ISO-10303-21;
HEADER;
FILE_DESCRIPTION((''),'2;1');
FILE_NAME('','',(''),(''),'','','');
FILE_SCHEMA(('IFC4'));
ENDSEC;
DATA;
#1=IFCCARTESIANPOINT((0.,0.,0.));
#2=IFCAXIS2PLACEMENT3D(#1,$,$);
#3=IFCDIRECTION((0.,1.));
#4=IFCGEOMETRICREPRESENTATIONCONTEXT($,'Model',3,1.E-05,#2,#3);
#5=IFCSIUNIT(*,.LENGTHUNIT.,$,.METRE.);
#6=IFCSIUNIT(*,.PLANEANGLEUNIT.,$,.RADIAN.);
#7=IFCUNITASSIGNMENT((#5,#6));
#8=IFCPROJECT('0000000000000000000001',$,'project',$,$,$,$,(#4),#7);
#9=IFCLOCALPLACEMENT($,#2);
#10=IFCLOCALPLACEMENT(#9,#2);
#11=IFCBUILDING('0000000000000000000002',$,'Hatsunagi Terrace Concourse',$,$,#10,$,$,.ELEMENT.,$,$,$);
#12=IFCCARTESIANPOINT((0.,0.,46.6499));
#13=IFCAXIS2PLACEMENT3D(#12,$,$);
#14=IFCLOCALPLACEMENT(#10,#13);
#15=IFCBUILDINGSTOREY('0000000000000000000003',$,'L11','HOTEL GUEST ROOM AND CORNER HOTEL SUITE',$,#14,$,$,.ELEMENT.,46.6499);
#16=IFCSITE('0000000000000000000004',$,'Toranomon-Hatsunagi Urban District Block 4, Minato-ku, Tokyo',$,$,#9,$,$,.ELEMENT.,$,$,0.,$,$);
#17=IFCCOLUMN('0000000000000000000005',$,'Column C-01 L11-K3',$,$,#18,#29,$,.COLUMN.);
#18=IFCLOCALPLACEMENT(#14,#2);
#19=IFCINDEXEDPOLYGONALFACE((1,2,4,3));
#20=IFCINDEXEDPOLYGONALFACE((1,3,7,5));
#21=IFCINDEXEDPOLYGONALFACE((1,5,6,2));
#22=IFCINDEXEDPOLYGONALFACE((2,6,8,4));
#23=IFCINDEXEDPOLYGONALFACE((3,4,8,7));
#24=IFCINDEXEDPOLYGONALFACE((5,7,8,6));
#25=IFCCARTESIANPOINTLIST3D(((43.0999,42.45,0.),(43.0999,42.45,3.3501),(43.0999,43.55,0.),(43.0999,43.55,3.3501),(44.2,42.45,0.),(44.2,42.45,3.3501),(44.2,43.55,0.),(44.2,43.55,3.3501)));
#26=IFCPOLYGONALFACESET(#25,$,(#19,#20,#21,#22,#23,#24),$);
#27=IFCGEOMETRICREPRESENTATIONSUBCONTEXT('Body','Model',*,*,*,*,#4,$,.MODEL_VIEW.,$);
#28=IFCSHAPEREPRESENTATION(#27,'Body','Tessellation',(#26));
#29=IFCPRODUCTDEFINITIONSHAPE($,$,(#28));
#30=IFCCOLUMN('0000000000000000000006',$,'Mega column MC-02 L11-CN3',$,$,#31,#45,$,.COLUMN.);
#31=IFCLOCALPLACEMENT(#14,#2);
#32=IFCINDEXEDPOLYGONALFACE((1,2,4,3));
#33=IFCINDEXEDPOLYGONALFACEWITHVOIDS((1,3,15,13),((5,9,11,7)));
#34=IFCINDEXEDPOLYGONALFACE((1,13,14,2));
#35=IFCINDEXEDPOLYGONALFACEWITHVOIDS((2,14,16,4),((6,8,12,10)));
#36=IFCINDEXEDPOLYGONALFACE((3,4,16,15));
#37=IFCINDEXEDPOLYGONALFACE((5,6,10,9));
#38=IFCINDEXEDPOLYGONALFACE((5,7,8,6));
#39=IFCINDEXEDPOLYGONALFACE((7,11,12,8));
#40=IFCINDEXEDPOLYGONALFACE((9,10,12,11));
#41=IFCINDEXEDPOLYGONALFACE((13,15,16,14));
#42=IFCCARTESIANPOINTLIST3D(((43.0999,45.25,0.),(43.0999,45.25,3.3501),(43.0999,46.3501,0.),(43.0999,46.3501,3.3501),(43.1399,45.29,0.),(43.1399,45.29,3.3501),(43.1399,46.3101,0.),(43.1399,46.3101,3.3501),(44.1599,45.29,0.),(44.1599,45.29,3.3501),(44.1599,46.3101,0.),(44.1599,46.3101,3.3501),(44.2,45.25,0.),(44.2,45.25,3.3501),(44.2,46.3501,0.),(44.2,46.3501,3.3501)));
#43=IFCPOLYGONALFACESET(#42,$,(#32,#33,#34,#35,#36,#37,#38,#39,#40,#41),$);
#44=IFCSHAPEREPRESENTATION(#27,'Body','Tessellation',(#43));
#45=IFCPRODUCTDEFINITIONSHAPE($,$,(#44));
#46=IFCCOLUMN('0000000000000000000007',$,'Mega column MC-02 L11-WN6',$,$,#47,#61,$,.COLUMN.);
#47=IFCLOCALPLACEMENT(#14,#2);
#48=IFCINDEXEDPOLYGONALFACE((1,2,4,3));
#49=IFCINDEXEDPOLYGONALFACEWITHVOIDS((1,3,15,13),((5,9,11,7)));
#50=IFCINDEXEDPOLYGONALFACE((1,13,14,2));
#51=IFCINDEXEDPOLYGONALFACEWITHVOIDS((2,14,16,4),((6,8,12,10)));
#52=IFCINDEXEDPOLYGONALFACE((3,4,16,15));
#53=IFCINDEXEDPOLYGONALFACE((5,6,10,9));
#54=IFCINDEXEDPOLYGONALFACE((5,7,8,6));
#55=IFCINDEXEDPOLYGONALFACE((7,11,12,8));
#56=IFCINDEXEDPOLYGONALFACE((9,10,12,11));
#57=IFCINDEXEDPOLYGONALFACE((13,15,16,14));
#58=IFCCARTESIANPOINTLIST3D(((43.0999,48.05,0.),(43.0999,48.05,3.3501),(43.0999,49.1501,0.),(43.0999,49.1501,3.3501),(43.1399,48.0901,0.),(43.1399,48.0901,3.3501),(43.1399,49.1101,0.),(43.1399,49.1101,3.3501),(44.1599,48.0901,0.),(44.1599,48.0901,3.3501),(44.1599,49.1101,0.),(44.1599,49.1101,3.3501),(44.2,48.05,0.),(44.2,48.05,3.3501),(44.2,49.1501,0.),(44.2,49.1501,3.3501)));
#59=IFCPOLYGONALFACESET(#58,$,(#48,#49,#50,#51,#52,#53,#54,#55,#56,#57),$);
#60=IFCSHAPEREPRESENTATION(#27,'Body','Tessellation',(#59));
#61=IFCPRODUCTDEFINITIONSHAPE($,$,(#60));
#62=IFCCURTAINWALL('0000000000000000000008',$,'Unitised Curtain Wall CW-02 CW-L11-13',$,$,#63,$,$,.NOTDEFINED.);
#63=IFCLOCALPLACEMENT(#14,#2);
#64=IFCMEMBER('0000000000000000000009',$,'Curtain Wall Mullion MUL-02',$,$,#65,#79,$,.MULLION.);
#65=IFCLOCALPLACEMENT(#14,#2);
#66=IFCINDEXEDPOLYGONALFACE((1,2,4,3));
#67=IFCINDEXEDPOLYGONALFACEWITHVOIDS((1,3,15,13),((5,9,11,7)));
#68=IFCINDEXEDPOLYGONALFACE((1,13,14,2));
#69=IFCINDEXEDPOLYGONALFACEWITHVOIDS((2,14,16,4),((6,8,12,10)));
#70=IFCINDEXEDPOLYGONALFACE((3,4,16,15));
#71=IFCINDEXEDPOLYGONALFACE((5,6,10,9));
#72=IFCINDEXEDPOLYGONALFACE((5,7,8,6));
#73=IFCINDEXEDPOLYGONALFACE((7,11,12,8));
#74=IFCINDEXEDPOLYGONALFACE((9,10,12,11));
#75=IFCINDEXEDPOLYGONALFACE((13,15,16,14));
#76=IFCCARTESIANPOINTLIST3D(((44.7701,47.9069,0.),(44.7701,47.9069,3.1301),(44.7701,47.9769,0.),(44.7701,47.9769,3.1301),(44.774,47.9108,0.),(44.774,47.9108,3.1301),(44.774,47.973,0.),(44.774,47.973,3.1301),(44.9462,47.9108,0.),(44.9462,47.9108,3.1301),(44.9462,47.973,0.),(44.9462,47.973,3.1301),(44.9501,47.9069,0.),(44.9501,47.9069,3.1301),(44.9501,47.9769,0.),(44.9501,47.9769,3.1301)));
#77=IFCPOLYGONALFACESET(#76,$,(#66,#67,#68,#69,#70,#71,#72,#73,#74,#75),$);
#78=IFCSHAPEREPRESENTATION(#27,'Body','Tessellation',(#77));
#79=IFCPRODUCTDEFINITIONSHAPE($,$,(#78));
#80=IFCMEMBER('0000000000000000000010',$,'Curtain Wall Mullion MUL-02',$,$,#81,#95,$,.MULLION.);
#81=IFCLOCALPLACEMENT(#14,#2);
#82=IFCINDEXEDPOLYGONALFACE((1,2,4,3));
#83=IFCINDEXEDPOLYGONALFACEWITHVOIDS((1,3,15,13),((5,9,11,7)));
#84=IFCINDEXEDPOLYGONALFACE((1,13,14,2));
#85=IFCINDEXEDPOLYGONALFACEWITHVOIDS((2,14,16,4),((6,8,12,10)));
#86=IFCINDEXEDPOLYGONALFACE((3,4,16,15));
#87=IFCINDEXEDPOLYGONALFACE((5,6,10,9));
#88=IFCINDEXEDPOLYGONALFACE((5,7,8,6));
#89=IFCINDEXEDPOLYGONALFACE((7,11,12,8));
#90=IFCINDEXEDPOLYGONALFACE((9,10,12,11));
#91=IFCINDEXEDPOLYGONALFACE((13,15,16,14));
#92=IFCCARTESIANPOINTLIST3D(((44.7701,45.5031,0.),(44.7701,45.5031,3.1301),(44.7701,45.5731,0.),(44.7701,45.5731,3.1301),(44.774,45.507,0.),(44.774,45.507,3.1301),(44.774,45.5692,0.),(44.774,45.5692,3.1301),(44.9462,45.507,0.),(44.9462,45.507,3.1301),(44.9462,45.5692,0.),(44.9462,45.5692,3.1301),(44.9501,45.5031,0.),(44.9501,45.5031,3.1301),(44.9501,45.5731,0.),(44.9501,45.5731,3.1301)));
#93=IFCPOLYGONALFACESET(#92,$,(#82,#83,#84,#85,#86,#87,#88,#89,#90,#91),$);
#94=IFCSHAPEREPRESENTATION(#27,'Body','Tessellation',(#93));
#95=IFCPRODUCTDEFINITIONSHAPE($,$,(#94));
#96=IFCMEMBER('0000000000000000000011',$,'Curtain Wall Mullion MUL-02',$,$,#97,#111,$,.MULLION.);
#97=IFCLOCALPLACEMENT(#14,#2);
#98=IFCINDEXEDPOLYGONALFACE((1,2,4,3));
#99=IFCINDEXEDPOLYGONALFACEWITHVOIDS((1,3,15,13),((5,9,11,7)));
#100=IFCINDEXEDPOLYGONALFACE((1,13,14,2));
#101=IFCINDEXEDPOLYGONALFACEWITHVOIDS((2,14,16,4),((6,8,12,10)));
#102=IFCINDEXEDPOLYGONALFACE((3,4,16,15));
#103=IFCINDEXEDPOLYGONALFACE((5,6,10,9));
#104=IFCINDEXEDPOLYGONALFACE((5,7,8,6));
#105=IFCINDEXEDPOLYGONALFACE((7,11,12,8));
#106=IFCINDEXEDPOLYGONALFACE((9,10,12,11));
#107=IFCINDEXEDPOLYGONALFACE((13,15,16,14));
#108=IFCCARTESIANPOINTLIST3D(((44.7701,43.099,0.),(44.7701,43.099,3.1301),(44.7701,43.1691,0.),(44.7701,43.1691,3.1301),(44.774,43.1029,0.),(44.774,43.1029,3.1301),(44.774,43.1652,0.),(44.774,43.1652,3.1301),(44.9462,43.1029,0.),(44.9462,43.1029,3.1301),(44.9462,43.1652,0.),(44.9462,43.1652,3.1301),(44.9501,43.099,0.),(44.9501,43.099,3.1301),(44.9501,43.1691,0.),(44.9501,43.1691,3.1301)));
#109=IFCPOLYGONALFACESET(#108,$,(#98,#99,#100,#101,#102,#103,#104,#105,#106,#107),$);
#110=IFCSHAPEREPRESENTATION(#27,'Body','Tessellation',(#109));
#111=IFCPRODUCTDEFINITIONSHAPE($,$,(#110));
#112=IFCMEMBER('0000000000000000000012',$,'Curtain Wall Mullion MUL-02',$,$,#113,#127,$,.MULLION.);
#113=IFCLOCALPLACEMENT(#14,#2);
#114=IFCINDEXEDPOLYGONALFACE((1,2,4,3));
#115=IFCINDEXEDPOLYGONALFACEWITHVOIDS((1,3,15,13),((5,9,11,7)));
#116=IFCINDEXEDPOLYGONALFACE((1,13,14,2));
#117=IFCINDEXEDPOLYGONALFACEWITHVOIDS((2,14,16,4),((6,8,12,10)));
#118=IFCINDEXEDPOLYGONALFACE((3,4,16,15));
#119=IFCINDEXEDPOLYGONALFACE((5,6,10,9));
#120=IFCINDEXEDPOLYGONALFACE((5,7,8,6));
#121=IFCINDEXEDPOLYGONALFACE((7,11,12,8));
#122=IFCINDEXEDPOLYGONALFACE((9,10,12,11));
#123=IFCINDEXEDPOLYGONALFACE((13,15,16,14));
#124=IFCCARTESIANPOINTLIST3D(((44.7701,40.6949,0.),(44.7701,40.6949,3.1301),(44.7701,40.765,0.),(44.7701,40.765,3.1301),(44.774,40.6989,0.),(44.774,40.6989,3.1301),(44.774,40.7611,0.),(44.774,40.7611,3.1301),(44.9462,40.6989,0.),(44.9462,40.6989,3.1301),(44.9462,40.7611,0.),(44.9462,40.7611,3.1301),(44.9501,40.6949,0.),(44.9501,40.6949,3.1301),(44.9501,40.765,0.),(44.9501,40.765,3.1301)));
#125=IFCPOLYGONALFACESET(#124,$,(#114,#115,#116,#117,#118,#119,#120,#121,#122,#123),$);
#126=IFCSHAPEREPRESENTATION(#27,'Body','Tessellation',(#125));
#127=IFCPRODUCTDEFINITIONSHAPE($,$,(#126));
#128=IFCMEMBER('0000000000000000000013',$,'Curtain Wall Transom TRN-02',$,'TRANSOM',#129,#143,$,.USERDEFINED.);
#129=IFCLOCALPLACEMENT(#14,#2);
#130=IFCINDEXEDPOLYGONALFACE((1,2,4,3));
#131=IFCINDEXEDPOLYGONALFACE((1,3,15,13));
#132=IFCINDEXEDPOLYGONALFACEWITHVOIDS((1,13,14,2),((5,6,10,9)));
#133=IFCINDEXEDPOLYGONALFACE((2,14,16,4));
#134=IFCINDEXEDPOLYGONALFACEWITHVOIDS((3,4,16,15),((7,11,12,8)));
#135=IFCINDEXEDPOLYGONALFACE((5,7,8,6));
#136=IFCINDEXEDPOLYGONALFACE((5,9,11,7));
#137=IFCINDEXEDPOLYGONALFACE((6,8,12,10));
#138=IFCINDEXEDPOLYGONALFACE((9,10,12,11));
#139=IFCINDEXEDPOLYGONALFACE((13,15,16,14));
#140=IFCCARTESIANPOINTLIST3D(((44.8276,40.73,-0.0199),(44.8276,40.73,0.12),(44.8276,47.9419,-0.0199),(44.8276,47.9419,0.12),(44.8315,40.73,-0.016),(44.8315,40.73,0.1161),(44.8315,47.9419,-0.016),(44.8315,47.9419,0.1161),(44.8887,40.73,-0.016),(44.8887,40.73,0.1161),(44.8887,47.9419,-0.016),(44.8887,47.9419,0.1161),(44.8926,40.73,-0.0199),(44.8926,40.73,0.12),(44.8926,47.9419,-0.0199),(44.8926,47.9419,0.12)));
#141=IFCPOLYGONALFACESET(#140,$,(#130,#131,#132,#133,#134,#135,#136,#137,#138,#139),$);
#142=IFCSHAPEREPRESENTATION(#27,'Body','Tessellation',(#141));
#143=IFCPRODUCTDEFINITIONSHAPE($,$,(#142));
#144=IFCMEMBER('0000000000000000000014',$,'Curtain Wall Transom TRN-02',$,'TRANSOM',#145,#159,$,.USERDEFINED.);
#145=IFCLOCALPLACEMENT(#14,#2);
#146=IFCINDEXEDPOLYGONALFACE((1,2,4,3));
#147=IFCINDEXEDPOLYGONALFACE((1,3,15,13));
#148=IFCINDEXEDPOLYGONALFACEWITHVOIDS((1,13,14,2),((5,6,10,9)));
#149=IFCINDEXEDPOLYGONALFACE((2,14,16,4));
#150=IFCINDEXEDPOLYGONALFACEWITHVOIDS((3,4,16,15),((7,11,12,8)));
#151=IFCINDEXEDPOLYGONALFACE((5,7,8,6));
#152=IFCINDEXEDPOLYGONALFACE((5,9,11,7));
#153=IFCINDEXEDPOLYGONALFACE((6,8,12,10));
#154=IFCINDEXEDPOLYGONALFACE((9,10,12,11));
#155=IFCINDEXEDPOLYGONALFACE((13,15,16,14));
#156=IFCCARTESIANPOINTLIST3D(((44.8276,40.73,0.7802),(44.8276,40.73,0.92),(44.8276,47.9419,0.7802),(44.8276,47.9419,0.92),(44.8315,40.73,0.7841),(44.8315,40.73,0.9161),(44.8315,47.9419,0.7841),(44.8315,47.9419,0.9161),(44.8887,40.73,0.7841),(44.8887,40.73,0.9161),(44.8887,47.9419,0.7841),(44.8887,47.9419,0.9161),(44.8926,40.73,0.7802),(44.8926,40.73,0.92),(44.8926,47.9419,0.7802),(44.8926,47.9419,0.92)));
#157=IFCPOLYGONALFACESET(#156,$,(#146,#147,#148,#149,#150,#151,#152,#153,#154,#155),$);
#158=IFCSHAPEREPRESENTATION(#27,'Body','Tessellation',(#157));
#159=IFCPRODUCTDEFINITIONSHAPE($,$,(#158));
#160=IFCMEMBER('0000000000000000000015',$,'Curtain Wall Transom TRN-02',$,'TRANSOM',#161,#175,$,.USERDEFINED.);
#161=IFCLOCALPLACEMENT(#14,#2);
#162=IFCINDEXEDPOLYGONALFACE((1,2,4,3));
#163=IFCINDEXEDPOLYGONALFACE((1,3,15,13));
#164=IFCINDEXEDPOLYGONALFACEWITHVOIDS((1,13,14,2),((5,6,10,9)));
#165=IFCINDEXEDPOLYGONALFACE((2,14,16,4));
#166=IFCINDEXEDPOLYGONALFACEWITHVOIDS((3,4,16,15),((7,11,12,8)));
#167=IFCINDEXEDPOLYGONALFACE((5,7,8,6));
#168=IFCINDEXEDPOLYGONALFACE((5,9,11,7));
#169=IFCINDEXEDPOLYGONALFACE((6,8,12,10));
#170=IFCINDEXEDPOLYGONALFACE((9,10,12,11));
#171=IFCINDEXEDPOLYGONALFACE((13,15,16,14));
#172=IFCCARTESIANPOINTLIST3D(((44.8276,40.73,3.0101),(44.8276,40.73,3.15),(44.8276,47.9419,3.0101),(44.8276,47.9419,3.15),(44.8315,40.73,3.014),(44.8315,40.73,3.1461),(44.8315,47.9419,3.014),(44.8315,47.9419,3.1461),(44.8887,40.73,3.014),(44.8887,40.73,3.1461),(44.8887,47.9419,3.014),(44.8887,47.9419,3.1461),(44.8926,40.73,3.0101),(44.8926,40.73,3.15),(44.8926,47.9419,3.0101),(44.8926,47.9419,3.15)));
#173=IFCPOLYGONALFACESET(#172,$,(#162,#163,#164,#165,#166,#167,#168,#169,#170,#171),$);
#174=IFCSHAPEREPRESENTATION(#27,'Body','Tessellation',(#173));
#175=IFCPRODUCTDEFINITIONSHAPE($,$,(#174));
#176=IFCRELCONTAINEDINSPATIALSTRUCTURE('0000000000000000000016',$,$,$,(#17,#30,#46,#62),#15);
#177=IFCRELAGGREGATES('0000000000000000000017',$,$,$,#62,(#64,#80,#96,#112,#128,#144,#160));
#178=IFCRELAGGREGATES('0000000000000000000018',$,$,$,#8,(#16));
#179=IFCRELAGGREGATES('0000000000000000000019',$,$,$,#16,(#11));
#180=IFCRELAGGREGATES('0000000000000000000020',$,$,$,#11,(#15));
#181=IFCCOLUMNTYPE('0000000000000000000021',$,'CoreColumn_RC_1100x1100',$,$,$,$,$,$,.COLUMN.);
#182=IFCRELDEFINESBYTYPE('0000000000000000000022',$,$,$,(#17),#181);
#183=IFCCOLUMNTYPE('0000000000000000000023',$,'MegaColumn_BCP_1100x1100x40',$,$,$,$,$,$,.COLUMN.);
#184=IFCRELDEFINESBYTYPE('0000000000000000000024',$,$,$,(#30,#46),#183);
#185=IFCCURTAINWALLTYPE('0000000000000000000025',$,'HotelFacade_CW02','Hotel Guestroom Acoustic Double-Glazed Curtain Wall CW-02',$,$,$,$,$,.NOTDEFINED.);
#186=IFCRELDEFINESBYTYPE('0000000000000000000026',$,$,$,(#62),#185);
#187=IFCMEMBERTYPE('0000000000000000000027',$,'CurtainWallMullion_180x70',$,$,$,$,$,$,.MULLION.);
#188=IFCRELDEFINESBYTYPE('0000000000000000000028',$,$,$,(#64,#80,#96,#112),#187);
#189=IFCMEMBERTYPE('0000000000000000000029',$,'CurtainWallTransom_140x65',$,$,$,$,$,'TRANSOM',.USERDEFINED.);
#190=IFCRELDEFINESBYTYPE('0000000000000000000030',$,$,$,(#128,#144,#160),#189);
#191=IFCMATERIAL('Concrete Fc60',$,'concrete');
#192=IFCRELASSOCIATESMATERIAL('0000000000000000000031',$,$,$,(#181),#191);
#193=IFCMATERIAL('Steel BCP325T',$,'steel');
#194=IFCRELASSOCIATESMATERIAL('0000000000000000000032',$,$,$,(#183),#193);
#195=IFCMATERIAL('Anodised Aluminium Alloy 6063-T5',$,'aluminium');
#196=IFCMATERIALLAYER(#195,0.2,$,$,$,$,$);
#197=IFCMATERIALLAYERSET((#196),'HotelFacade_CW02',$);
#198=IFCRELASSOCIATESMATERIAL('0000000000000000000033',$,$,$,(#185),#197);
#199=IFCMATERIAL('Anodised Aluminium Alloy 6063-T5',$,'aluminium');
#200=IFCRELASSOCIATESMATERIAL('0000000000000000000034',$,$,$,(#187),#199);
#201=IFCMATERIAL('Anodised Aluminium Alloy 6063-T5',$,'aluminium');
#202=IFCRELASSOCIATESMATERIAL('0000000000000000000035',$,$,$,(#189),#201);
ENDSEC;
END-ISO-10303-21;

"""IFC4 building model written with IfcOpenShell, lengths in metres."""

from ifc_helpers import new_model, si_unit, direction, frame, origin, origin_2d, place, context, subcontext, project, spatial, rectangle, hollow_rectangle, extrude, material, layer, layer_set, material_profile, profile_set, type_object, element, aggregate, save


model = new_model("IFC4")

# Units and contexts
model_context = context("Model", 3, precision=1e-05, world=origin(), true_north=direction((0.0, 1.0)))
body_context = subcontext(model_context, "Body", "Model", "MODEL_VIEW")
ifc_project = project(units=[si_unit("LENGTHUNIT", "METRE"), si_unit("PLANEANGLEUNIT", "RADIAN")], contexts=[model_context])

# Site, building, storey
site_placement = place(None, origin())
site = spatial("IfcSite", under=ifc_project, at=site_placement, Name="Toranomon-Hatsunagi Urban District Block 4, Minato-ku, Tokyo", CompositionType="ELEMENT", RefElevation=0.0)
building_placement = place(site_placement, origin())
building = spatial("IfcBuilding", under=site, at=building_placement, Name="Hatsunagi Terrace Concourse", CompositionType="ELEMENT")
storey_placement = place(building_placement, frame((0.0, 0.0, 46.6499)))
storey = spatial("IfcBuildingStorey", under=building, at=storey_placement, Name="L11", Description="HOTEL GUEST ROOM AND CORNER HOTEL SUITE", CompositionType="ELEMENT", Elevation=46.6499)

# Columns
ifc_material_1 = material(Name="Concrete Fc60", Category="concrete")
ifc_material_profile_1 = material_profile(ifc_material_1, rectangle(XDim=1.1001, YDim=1.1001, at=origin_2d()), Name="RC-1100x1100")
ifc_profile_set_1 = profile_set([ifc_material_profile_1], Name="Concrete Fc60")
column_type_1 = type_object("IfcColumnType", Name="CoreColumn_RC_1100x1100", PredefinedType="COLUMN", material=ifc_profile_set_1)
column_placement = place(storey_placement, frame((43.6499, 43.0, 0.0), z_axis=(0.0, 0.0, 1.0), x_axis=(1.0, 0.0, 0.0)))
element("IfcColumn", 1, at=column_placement, inside=storey, type_object=column_type_1, Name="Column C-01 L11-K3", PredefinedType="COLUMN", context=body_context, shape_type="SweptSolid", body=[
    extrude(rectangle(XDim=1.1001, YDim=1.1001, at=origin_2d()), origin(), (0.0, 0.0, 1.0), 3.3501),
])
ifc_material_2 = material(Name="Steel BCP325T", Category="steel")
ifc_material_profile_2 = material_profile(ifc_material_2, hollow_rectangle(XDim=1.1001, YDim=1.1001, WallThickness=0.04, at=origin_2d()), Name="BCP-1100x1100x40")
ifc_profile_set_2 = profile_set([ifc_material_profile_2], Name="Steel BCP325T")
column_type_2 = type_object("IfcColumnType", Name="MegaColumn_BCP_1100x1100x40", PredefinedType="COLUMN", material=ifc_profile_set_2)
for number, where, z_axis, x_axis, name in (
    (2, (43.6499, 45.8, 0.0), (0.0, 0.0, 1.0), (1.0, 0.0, 0.0), "Mega column MC-02 L11-CN3"),
    (3, (43.6499, 48.6001, 0.0), (0.0, 0.0, 1.0), (1.0, 0.0, 0.0), "Mega column MC-02 L11-WN6"),
):
    element("IfcColumn", number, at=place(storey_placement, frame(where, z_axis=z_axis, x_axis=x_axis)), inside=storey, type_object=column_type_2, Name=name, PredefinedType="COLUMN", context=body_context, shape_type="SweptSolid", body=[
        extrude(hollow_rectangle(XDim=1.1001, YDim=1.1001, WallThickness=0.04, at=origin_2d()), origin(), (0.0, 0.0, 1.0), 3.3501),
    ])

# Curtain wall, members
ifc_material_3 = material(Name="Anodised Aluminium Alloy 6063-T5", Category="aluminium")
ifc_layer_1 = layer(ifc_material_3, 0.2)
ifc_layer_set_1 = layer_set([ifc_layer_1], Name="HotelFacade_CW02")
curtain_wall_type = type_object("IfcCurtainWallType", Name="HotelFacade_CW02", Description="Hotel Guestroom Acoustic Double-Glazed Curtain Wall CW-02", PredefinedType="NOTDEFINED", material=ifc_layer_set_1)
curtain_wall_placement = place(storey_placement, origin())
curtain_wall = element("IfcCurtainWall", 4, at=curtain_wall_placement, inside=storey, type_object=curtain_wall_type, Name="Unitised Curtain Wall CW-02 CW-L11-13", PredefinedType="NOTDEFINED")
ifc_material_4 = material(Name="Anodised Aluminium Alloy 6063-T5", Category="aluminium")
ifc_material_profile_3 = material_profile(ifc_material_4, hollow_rectangle(XDim=0.0701, YDim=0.1799, WallThickness=0.0039, at=origin_2d()), Name="ALU-MUL-180x70x4")
ifc_profile_set_3 = profile_set([ifc_material_profile_3], Name="Anodised Aluminium Alloy 6063-T5")
member_type_1 = type_object("IfcMemberType", Name="CurtainWallMullion_180x70", PredefinedType="MULLION", material=ifc_profile_set_3)
member_1_placement = place(storey_placement, frame((44.8601, 47.9419, 0.0), z_axis=(0.0, 0.0, 1.0), x_axis=(0.0, -1.0, 0.0)))
member_1 = element("IfcMember", 5, at=member_1_placement, type_object=member_type_1, Name="Curtain Wall Mullion MUL-02", PredefinedType="MULLION", context=body_context, shape_type="SweptSolid", body=[
    extrude(hollow_rectangle(XDim=0.0701, YDim=0.1799, WallThickness=0.0039, at=origin_2d()), origin(), (0.0, 0.0, 1.0), 3.1301),
])
member_2_placement = place(storey_placement, frame((44.8601, 45.5381, 0.0), z_axis=(0.0, 0.0, 1.0), x_axis=(0.0, -1.0, 0.0)))
member_2 = element("IfcMember", 6, at=member_2_placement, type_object=member_type_1, Name="Curtain Wall Mullion MUL-02", PredefinedType="MULLION", context=body_context, shape_type="SweptSolid", body=[
    extrude(hollow_rectangle(XDim=0.0701, YDim=0.1799, WallThickness=0.0039, at=origin_2d()), origin(), (0.0, 0.0, 1.0), 3.1301),
])
member_3_placement = place(storey_placement, frame((44.8601, 43.134, 0.0), z_axis=(0.0, 0.0, 1.0), x_axis=(0.0, -1.0, 0.0)))
member_3 = element("IfcMember", 7, at=member_3_placement, type_object=member_type_1, Name="Curtain Wall Mullion MUL-02", PredefinedType="MULLION", context=body_context, shape_type="SweptSolid", body=[
    extrude(hollow_rectangle(XDim=0.0701, YDim=0.1799, WallThickness=0.0039, at=origin_2d()), origin(), (0.0, 0.0, 1.0), 3.1301),
])
member_4_placement = place(storey_placement, frame((44.8601, 40.73, 0.0), z_axis=(0.0, 0.0, 1.0), x_axis=(0.0, -1.0, 0.0)))
member_4 = element("IfcMember", 8, at=member_4_placement, type_object=member_type_1, Name="Curtain Wall Mullion MUL-02", PredefinedType="MULLION", context=body_context, shape_type="SweptSolid", body=[
    extrude(hollow_rectangle(XDim=0.0701, YDim=0.1799, WallThickness=0.0039, at=origin_2d()), origin(), (0.0, 0.0, 1.0), 3.1301),
])
ifc_material_5 = material(Name="Anodised Aluminium Alloy 6063-T5", Category="aluminium")
ifc_material_profile_4 = material_profile(ifc_material_5, hollow_rectangle(XDim=0.0649, YDim=0.1399, WallThickness=0.0039, at=origin_2d()), Name="ALU-TRN-140x65x4")
ifc_profile_set_4 = profile_set([ifc_material_profile_4], Name="Anodised Aluminium Alloy 6063-T5")
member_type_2 = type_object("IfcMemberType", Name="CurtainWallTransom_140x65", ElementType="TRANSOM", PredefinedType="USERDEFINED", material=ifc_profile_set_4)
member_5_placement = place(storey_placement, frame((44.8601, 47.9419, 0.05), z_axis=(0.0, -1.0, 0.0), x_axis=(1.0, 0.0, 0.0)))
member_5 = element("IfcMember", 9, at=member_5_placement, type_object=member_type_2, Name="Curtain Wall Transom TRN-02", ObjectType="TRANSOM", PredefinedType="USERDEFINED", context=body_context, shape_type="SweptSolid", body=[
    extrude(hollow_rectangle(XDim=0.0649, YDim=0.1399, WallThickness=0.0039, at=origin_2d()), origin(), (0.0, 0.0, 1.0), 7.2119),
])
member_6_placement = place(storey_placement, frame((44.8601, 47.9419, 0.8501), z_axis=(0.0, -1.0, 0.0), x_axis=(1.0, 0.0, 0.0)))
member_6 = element("IfcMember", 10, at=member_6_placement, type_object=member_type_2, Name="Curtain Wall Transom TRN-02", ObjectType="TRANSOM", PredefinedType="USERDEFINED", context=body_context, shape_type="SweptSolid", body=[
    extrude(hollow_rectangle(XDim=0.0649, YDim=0.1399, WallThickness=0.0039, at=origin_2d()), origin(), (0.0, 0.0, 1.0), 7.2119),
])
member_7_placement = place(storey_placement, frame((44.8601, 47.9419, 3.0801), z_axis=(0.0, -1.0, 0.0), x_axis=(1.0, 0.0, 0.0)))
member_7 = element("IfcMember", 11, at=member_7_placement, type_object=member_type_2, Name="Curtain Wall Transom TRN-02", ObjectType="TRANSOM", PredefinedType="USERDEFINED", context=body_context, shape_type="SweptSolid", body=[
    extrude(hollow_rectangle(XDim=0.0649, YDim=0.1399, WallThickness=0.0039, at=origin_2d()), origin(), (0.0, 0.0, 1.0), 7.2119),
])

aggregate(curtain_wall, [member_1, member_2, member_3, member_4, member_5, member_6, member_7])

save(model, "model.ifc")
